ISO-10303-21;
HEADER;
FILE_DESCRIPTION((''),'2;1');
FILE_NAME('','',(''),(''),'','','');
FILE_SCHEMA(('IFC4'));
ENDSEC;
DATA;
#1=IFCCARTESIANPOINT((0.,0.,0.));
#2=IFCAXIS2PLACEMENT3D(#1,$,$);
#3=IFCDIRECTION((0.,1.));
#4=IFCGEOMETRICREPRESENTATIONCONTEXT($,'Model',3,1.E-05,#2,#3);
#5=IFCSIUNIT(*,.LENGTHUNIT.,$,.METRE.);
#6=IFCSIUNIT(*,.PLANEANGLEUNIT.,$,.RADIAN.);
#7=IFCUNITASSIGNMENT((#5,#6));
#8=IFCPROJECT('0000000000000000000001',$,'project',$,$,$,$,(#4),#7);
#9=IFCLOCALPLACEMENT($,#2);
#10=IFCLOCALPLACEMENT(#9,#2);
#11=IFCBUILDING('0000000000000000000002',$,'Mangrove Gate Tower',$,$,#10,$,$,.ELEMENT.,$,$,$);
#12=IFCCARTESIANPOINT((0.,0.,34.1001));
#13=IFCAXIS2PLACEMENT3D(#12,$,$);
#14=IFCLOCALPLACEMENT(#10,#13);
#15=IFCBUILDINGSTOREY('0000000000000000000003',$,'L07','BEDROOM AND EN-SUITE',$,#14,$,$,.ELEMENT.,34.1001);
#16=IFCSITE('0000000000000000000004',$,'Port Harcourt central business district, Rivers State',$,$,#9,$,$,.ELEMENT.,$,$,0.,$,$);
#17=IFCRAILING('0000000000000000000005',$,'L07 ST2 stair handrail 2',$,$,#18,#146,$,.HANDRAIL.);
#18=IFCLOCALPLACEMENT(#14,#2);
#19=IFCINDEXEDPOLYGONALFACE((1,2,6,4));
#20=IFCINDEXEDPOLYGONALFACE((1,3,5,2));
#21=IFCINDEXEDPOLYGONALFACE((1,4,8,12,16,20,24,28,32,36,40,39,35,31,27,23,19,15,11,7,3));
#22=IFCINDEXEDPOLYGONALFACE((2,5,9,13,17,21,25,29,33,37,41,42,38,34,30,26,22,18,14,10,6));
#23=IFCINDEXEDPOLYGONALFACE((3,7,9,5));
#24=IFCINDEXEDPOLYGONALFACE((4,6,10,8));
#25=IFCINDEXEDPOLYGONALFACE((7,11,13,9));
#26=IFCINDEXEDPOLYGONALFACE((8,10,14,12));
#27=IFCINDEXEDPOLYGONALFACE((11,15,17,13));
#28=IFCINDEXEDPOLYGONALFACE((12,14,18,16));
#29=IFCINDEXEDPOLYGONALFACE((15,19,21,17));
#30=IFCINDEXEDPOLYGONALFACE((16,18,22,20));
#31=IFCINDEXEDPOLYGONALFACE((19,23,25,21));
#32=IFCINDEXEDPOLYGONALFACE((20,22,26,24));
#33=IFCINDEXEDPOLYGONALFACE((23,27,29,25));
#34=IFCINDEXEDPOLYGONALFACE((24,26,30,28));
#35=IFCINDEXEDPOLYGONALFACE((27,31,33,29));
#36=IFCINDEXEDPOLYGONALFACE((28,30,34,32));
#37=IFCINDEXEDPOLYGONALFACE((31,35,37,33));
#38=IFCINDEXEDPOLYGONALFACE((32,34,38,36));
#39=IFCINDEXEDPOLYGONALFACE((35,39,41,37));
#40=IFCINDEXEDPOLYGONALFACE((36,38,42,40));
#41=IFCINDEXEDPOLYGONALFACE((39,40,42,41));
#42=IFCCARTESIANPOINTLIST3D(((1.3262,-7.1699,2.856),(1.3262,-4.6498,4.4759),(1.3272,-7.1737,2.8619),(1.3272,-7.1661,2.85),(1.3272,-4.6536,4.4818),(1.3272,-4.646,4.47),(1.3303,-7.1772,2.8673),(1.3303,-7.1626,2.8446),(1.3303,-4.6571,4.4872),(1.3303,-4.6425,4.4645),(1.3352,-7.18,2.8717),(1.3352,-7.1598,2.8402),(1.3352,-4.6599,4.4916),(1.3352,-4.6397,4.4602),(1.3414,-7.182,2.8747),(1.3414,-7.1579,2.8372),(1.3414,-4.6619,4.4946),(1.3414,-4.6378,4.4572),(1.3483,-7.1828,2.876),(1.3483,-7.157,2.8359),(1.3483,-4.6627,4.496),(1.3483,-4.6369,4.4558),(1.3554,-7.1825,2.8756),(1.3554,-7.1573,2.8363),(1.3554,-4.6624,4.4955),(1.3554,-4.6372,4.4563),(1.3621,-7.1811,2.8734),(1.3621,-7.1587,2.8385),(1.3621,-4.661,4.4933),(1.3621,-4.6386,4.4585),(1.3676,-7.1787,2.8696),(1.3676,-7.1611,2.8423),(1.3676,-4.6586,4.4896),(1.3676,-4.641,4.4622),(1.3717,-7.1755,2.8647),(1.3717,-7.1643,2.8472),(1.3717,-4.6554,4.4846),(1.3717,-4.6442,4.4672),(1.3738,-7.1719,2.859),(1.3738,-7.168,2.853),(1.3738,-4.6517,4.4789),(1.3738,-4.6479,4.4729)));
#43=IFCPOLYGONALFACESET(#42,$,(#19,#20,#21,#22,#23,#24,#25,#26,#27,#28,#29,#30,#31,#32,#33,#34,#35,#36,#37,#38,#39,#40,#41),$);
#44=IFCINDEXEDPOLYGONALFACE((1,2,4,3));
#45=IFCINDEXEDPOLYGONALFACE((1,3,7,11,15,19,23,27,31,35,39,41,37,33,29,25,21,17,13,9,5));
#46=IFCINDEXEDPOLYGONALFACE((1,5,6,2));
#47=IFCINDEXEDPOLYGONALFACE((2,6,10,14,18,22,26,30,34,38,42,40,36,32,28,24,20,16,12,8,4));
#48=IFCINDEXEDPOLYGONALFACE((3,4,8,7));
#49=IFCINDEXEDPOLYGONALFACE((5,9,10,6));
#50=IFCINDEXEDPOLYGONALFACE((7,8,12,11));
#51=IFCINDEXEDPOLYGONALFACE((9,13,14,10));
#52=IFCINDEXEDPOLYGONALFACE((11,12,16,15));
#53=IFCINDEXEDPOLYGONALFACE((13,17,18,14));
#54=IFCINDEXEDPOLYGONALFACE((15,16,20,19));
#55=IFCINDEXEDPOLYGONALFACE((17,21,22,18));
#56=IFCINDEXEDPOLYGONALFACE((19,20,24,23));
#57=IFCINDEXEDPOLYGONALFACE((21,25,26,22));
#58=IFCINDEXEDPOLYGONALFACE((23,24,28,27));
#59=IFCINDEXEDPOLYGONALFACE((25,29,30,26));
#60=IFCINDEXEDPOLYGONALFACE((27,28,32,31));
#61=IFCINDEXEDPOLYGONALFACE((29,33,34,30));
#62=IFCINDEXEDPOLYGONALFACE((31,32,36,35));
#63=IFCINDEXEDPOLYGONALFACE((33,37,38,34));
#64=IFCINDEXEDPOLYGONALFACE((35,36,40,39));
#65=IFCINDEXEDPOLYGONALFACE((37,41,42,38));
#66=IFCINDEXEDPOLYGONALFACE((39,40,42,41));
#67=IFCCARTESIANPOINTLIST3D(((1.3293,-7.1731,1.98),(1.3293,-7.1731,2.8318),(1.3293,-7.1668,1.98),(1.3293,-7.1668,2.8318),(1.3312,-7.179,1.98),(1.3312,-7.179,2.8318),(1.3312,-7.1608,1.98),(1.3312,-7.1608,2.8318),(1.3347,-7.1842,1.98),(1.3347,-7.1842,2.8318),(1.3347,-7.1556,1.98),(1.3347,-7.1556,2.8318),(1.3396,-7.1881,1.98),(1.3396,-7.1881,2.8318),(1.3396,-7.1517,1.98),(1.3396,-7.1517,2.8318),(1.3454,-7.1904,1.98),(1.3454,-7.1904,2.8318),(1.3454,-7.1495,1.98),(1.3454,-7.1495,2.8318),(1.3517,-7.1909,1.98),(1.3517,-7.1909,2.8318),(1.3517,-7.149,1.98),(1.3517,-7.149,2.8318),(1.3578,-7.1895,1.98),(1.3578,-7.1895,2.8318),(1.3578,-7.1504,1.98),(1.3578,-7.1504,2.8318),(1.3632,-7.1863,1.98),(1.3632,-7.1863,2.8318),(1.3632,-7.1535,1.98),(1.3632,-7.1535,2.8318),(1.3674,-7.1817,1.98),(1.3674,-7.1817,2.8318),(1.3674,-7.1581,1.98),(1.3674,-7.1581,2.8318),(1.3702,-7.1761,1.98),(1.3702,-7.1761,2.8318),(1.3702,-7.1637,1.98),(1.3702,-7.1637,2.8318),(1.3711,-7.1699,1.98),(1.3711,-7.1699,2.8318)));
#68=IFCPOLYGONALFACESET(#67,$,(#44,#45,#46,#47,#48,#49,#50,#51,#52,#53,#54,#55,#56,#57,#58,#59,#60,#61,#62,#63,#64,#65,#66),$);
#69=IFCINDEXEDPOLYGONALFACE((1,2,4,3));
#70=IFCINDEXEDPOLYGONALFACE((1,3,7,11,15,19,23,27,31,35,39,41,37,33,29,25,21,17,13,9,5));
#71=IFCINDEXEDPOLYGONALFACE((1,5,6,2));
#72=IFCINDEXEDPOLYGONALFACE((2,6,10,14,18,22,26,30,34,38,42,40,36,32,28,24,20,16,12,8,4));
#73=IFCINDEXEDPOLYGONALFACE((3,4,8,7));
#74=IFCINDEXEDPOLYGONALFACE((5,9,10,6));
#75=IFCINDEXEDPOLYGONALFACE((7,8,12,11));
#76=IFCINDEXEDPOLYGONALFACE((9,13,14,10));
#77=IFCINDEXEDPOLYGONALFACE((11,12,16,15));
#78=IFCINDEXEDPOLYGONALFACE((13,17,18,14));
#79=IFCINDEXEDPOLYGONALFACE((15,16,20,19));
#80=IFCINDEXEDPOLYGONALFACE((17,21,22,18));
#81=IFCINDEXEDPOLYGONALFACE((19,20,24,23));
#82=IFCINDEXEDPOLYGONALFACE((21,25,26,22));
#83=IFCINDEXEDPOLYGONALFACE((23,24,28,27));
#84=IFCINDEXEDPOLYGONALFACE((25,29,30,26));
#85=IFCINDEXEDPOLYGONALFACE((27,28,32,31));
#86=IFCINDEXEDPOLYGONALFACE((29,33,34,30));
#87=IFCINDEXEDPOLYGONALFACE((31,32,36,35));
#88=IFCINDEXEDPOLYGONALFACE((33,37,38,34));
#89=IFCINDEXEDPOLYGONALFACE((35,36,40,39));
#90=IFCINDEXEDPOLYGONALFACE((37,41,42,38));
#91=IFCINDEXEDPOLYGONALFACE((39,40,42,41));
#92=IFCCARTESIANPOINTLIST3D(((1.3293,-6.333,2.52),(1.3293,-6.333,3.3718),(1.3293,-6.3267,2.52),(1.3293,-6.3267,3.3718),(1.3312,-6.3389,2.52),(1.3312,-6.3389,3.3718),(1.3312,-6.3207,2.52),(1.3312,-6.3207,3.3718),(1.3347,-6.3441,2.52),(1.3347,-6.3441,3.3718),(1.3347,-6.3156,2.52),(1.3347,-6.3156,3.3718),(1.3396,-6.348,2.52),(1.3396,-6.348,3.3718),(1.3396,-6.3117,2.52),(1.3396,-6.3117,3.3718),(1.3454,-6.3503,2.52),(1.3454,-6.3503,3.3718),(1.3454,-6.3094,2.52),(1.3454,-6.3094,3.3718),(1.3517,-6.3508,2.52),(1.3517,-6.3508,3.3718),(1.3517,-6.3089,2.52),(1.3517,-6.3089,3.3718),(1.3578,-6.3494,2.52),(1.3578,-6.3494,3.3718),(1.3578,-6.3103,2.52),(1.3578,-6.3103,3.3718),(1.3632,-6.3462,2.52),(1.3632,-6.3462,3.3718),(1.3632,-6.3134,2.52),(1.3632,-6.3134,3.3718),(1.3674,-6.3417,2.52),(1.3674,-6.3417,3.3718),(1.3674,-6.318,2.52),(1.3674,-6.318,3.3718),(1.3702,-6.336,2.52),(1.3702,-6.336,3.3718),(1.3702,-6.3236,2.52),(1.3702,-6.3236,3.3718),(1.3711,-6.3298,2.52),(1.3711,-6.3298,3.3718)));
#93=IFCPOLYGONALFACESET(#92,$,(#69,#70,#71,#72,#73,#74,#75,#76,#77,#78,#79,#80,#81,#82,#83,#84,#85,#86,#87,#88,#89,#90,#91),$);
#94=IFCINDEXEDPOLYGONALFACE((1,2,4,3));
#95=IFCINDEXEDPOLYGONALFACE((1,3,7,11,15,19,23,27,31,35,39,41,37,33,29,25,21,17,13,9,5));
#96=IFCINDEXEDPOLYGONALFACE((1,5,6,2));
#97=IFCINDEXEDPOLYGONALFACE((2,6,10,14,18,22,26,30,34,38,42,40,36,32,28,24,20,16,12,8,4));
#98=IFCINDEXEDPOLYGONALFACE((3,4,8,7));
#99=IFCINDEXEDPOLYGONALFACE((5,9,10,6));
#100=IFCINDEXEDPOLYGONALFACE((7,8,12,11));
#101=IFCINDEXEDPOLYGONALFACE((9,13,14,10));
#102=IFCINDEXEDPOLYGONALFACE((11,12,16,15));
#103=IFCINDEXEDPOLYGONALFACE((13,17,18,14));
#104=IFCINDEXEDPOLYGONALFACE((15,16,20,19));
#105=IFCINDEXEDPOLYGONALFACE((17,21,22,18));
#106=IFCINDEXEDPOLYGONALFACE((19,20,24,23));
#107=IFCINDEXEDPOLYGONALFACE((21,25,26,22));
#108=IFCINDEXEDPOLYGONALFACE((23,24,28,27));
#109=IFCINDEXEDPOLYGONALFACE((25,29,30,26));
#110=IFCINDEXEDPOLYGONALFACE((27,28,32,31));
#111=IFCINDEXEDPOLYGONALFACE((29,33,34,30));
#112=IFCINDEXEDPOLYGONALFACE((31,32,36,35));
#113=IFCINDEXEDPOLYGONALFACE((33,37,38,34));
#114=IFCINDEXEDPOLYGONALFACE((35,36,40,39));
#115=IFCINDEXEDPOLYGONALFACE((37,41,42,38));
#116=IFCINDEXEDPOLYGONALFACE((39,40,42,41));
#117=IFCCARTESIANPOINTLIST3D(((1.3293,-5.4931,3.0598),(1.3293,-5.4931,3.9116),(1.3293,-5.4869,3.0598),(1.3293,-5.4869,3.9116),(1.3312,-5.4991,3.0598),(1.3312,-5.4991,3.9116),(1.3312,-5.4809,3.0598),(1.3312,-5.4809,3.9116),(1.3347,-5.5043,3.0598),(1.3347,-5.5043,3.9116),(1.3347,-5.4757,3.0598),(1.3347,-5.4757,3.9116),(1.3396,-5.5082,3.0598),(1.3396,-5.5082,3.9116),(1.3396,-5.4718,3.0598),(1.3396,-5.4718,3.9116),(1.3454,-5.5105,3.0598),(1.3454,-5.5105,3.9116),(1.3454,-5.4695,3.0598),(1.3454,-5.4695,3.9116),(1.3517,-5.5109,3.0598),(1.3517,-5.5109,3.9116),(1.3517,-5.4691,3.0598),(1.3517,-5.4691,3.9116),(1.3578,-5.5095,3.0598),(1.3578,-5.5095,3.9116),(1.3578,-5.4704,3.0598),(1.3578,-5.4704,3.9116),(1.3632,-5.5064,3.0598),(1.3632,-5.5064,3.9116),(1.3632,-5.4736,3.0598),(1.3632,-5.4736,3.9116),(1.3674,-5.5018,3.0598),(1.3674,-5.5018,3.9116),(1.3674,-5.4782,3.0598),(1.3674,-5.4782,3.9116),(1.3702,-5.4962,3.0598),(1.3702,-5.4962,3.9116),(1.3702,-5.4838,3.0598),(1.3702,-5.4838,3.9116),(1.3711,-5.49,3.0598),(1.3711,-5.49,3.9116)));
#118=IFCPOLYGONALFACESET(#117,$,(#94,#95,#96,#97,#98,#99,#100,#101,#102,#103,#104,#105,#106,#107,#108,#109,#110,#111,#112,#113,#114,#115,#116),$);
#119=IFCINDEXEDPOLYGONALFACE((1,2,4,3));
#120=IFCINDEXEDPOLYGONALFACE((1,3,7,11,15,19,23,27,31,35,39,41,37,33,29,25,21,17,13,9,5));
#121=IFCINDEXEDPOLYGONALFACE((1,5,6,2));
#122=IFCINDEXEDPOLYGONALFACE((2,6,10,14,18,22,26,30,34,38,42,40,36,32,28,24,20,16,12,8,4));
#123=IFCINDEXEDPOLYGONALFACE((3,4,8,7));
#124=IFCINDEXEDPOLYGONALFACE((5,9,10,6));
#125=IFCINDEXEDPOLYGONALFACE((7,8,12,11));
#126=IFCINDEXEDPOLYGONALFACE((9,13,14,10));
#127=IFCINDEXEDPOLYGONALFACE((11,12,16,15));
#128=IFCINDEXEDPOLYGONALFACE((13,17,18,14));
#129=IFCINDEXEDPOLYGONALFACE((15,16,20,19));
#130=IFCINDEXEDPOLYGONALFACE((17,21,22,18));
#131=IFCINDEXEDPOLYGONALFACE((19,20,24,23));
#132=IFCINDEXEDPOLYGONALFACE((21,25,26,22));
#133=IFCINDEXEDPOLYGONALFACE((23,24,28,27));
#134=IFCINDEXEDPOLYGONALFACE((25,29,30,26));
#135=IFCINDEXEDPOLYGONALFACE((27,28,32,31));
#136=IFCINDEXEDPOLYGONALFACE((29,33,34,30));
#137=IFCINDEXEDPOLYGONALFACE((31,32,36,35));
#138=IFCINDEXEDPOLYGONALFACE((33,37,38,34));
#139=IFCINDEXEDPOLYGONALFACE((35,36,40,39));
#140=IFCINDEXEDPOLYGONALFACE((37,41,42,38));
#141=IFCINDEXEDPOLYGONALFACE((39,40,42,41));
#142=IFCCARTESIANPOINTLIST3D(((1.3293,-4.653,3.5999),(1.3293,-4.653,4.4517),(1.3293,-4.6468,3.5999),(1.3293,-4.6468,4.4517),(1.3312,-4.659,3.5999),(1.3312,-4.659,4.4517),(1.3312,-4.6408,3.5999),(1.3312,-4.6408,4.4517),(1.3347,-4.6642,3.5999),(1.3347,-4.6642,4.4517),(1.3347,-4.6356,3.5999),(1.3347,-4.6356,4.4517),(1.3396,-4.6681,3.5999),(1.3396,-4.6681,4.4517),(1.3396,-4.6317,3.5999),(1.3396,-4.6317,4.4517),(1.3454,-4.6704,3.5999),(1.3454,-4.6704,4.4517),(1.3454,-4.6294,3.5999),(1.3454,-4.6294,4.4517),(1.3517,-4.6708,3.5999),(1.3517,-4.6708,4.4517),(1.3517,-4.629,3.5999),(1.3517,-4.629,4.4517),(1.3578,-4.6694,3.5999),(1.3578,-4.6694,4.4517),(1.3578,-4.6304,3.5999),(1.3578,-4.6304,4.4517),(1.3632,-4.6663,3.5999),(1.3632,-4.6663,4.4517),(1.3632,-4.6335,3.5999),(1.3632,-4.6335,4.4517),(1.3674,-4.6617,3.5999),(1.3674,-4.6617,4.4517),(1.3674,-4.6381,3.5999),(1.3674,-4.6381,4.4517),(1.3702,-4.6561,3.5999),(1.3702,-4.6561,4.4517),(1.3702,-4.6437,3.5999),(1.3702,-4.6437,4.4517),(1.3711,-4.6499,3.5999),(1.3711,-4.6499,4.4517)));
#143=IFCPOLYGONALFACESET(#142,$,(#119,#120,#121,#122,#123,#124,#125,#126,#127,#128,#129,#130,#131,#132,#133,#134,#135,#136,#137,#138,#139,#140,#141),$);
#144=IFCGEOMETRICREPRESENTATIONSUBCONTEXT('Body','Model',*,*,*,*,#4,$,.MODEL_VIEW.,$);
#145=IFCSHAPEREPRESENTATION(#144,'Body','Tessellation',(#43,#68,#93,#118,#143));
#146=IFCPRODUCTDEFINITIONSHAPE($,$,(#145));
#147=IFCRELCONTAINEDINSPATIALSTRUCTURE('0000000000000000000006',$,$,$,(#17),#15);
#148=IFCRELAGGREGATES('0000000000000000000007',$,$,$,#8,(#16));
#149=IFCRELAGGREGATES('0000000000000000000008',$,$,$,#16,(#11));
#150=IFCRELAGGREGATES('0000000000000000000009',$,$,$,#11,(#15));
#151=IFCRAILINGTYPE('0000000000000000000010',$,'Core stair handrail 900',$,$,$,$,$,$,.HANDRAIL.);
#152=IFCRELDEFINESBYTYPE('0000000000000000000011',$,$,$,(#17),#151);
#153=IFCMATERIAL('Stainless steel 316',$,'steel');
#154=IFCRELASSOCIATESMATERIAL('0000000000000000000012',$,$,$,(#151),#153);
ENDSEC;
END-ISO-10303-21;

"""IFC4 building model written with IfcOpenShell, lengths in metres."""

from ifc_helpers import new_model, si_unit, direction, frame, origin, origin_2d, place, context, subcontext, project, spatial, circle, extrude, material, type_object, element, save


model = new_model("IFC4")

# Units and contexts
model_context = context("Model", 3, precision=1e-05, world=origin(), true_north=direction((0.0, 1.0)))
body_context = subcontext(model_context, "Body", "Model", "MODEL_VIEW")
ifc_project = project(units=[si_unit("LENGTHUNIT", "METRE"), si_unit("PLANEANGLEUNIT", "RADIAN")], contexts=[model_context])

# Site, building, storey
site_placement = place(None, origin())
site = spatial("IfcSite", under=ifc_project, at=site_placement, Name="Port Harcourt central business district, Rivers State", CompositionType="ELEMENT", RefElevation=0.0)
building_placement = place(site_placement, origin())
building = spatial("IfcBuilding", under=site, at=building_placement, Name="Mangrove Gate Tower", CompositionType="ELEMENT")
storey_placement = place(building_placement, frame((0.0, 0.0, 34.1001)))
storey = spatial("IfcBuildingStorey", under=building, at=storey_placement, Name="L07", Description="BEDROOM AND EN-SUITE", CompositionType="ELEMENT", Elevation=34.1001)

# Railing
ifc_material_1 = material(Name="Stainless steel 316", Category="steel")
railing_type_1 = type_object("IfcRailingType", Name="Core stair handrail 900", PredefinedType="HANDRAIL", material=ifc_material_1)
railing_1_placement = place(storey_placement, frame((1.3501, -7.1699, 1.98)))
element("IfcRailing", 1, at=railing_1_placement, inside=storey, type_object=railing_type_1, Name="L07 ST2 stair handrail 2", PredefinedType="HANDRAIL", context=body_context, shape_type="SweptSolid", body=[
    extrude(circle(Radius=0.0239, at=origin_2d()), frame((0.0, 0.0, 0.876), z_axis=(0.0, 0.8412, 0.540725), x_axis=(-1.0, 0.0, 0.0)), (0.0, 0.0, 1.0), 2.9958),
    extrude(circle(Radius=0.021, at=origin_2d()), origin(), (0.0, 0.0, 1.0), 0.8518),
    extrude(circle(Radius=0.021, at=origin_2d()), frame((0.0, 0.8401, 0.54)), (0.0, 0.0, 1.0), 0.8518),
    extrude(circle(Radius=0.021, at=origin_2d()), frame((0.0, 1.6799, 1.0798)), (0.0, 0.0, 1.0), 0.8518),
    extrude(circle(Radius=0.021, at=origin_2d()), frame((0.0, 2.52, 1.6199)), (0.0, 0.0, 1.0), 0.8518),
])

save(model, "model.ifc")
